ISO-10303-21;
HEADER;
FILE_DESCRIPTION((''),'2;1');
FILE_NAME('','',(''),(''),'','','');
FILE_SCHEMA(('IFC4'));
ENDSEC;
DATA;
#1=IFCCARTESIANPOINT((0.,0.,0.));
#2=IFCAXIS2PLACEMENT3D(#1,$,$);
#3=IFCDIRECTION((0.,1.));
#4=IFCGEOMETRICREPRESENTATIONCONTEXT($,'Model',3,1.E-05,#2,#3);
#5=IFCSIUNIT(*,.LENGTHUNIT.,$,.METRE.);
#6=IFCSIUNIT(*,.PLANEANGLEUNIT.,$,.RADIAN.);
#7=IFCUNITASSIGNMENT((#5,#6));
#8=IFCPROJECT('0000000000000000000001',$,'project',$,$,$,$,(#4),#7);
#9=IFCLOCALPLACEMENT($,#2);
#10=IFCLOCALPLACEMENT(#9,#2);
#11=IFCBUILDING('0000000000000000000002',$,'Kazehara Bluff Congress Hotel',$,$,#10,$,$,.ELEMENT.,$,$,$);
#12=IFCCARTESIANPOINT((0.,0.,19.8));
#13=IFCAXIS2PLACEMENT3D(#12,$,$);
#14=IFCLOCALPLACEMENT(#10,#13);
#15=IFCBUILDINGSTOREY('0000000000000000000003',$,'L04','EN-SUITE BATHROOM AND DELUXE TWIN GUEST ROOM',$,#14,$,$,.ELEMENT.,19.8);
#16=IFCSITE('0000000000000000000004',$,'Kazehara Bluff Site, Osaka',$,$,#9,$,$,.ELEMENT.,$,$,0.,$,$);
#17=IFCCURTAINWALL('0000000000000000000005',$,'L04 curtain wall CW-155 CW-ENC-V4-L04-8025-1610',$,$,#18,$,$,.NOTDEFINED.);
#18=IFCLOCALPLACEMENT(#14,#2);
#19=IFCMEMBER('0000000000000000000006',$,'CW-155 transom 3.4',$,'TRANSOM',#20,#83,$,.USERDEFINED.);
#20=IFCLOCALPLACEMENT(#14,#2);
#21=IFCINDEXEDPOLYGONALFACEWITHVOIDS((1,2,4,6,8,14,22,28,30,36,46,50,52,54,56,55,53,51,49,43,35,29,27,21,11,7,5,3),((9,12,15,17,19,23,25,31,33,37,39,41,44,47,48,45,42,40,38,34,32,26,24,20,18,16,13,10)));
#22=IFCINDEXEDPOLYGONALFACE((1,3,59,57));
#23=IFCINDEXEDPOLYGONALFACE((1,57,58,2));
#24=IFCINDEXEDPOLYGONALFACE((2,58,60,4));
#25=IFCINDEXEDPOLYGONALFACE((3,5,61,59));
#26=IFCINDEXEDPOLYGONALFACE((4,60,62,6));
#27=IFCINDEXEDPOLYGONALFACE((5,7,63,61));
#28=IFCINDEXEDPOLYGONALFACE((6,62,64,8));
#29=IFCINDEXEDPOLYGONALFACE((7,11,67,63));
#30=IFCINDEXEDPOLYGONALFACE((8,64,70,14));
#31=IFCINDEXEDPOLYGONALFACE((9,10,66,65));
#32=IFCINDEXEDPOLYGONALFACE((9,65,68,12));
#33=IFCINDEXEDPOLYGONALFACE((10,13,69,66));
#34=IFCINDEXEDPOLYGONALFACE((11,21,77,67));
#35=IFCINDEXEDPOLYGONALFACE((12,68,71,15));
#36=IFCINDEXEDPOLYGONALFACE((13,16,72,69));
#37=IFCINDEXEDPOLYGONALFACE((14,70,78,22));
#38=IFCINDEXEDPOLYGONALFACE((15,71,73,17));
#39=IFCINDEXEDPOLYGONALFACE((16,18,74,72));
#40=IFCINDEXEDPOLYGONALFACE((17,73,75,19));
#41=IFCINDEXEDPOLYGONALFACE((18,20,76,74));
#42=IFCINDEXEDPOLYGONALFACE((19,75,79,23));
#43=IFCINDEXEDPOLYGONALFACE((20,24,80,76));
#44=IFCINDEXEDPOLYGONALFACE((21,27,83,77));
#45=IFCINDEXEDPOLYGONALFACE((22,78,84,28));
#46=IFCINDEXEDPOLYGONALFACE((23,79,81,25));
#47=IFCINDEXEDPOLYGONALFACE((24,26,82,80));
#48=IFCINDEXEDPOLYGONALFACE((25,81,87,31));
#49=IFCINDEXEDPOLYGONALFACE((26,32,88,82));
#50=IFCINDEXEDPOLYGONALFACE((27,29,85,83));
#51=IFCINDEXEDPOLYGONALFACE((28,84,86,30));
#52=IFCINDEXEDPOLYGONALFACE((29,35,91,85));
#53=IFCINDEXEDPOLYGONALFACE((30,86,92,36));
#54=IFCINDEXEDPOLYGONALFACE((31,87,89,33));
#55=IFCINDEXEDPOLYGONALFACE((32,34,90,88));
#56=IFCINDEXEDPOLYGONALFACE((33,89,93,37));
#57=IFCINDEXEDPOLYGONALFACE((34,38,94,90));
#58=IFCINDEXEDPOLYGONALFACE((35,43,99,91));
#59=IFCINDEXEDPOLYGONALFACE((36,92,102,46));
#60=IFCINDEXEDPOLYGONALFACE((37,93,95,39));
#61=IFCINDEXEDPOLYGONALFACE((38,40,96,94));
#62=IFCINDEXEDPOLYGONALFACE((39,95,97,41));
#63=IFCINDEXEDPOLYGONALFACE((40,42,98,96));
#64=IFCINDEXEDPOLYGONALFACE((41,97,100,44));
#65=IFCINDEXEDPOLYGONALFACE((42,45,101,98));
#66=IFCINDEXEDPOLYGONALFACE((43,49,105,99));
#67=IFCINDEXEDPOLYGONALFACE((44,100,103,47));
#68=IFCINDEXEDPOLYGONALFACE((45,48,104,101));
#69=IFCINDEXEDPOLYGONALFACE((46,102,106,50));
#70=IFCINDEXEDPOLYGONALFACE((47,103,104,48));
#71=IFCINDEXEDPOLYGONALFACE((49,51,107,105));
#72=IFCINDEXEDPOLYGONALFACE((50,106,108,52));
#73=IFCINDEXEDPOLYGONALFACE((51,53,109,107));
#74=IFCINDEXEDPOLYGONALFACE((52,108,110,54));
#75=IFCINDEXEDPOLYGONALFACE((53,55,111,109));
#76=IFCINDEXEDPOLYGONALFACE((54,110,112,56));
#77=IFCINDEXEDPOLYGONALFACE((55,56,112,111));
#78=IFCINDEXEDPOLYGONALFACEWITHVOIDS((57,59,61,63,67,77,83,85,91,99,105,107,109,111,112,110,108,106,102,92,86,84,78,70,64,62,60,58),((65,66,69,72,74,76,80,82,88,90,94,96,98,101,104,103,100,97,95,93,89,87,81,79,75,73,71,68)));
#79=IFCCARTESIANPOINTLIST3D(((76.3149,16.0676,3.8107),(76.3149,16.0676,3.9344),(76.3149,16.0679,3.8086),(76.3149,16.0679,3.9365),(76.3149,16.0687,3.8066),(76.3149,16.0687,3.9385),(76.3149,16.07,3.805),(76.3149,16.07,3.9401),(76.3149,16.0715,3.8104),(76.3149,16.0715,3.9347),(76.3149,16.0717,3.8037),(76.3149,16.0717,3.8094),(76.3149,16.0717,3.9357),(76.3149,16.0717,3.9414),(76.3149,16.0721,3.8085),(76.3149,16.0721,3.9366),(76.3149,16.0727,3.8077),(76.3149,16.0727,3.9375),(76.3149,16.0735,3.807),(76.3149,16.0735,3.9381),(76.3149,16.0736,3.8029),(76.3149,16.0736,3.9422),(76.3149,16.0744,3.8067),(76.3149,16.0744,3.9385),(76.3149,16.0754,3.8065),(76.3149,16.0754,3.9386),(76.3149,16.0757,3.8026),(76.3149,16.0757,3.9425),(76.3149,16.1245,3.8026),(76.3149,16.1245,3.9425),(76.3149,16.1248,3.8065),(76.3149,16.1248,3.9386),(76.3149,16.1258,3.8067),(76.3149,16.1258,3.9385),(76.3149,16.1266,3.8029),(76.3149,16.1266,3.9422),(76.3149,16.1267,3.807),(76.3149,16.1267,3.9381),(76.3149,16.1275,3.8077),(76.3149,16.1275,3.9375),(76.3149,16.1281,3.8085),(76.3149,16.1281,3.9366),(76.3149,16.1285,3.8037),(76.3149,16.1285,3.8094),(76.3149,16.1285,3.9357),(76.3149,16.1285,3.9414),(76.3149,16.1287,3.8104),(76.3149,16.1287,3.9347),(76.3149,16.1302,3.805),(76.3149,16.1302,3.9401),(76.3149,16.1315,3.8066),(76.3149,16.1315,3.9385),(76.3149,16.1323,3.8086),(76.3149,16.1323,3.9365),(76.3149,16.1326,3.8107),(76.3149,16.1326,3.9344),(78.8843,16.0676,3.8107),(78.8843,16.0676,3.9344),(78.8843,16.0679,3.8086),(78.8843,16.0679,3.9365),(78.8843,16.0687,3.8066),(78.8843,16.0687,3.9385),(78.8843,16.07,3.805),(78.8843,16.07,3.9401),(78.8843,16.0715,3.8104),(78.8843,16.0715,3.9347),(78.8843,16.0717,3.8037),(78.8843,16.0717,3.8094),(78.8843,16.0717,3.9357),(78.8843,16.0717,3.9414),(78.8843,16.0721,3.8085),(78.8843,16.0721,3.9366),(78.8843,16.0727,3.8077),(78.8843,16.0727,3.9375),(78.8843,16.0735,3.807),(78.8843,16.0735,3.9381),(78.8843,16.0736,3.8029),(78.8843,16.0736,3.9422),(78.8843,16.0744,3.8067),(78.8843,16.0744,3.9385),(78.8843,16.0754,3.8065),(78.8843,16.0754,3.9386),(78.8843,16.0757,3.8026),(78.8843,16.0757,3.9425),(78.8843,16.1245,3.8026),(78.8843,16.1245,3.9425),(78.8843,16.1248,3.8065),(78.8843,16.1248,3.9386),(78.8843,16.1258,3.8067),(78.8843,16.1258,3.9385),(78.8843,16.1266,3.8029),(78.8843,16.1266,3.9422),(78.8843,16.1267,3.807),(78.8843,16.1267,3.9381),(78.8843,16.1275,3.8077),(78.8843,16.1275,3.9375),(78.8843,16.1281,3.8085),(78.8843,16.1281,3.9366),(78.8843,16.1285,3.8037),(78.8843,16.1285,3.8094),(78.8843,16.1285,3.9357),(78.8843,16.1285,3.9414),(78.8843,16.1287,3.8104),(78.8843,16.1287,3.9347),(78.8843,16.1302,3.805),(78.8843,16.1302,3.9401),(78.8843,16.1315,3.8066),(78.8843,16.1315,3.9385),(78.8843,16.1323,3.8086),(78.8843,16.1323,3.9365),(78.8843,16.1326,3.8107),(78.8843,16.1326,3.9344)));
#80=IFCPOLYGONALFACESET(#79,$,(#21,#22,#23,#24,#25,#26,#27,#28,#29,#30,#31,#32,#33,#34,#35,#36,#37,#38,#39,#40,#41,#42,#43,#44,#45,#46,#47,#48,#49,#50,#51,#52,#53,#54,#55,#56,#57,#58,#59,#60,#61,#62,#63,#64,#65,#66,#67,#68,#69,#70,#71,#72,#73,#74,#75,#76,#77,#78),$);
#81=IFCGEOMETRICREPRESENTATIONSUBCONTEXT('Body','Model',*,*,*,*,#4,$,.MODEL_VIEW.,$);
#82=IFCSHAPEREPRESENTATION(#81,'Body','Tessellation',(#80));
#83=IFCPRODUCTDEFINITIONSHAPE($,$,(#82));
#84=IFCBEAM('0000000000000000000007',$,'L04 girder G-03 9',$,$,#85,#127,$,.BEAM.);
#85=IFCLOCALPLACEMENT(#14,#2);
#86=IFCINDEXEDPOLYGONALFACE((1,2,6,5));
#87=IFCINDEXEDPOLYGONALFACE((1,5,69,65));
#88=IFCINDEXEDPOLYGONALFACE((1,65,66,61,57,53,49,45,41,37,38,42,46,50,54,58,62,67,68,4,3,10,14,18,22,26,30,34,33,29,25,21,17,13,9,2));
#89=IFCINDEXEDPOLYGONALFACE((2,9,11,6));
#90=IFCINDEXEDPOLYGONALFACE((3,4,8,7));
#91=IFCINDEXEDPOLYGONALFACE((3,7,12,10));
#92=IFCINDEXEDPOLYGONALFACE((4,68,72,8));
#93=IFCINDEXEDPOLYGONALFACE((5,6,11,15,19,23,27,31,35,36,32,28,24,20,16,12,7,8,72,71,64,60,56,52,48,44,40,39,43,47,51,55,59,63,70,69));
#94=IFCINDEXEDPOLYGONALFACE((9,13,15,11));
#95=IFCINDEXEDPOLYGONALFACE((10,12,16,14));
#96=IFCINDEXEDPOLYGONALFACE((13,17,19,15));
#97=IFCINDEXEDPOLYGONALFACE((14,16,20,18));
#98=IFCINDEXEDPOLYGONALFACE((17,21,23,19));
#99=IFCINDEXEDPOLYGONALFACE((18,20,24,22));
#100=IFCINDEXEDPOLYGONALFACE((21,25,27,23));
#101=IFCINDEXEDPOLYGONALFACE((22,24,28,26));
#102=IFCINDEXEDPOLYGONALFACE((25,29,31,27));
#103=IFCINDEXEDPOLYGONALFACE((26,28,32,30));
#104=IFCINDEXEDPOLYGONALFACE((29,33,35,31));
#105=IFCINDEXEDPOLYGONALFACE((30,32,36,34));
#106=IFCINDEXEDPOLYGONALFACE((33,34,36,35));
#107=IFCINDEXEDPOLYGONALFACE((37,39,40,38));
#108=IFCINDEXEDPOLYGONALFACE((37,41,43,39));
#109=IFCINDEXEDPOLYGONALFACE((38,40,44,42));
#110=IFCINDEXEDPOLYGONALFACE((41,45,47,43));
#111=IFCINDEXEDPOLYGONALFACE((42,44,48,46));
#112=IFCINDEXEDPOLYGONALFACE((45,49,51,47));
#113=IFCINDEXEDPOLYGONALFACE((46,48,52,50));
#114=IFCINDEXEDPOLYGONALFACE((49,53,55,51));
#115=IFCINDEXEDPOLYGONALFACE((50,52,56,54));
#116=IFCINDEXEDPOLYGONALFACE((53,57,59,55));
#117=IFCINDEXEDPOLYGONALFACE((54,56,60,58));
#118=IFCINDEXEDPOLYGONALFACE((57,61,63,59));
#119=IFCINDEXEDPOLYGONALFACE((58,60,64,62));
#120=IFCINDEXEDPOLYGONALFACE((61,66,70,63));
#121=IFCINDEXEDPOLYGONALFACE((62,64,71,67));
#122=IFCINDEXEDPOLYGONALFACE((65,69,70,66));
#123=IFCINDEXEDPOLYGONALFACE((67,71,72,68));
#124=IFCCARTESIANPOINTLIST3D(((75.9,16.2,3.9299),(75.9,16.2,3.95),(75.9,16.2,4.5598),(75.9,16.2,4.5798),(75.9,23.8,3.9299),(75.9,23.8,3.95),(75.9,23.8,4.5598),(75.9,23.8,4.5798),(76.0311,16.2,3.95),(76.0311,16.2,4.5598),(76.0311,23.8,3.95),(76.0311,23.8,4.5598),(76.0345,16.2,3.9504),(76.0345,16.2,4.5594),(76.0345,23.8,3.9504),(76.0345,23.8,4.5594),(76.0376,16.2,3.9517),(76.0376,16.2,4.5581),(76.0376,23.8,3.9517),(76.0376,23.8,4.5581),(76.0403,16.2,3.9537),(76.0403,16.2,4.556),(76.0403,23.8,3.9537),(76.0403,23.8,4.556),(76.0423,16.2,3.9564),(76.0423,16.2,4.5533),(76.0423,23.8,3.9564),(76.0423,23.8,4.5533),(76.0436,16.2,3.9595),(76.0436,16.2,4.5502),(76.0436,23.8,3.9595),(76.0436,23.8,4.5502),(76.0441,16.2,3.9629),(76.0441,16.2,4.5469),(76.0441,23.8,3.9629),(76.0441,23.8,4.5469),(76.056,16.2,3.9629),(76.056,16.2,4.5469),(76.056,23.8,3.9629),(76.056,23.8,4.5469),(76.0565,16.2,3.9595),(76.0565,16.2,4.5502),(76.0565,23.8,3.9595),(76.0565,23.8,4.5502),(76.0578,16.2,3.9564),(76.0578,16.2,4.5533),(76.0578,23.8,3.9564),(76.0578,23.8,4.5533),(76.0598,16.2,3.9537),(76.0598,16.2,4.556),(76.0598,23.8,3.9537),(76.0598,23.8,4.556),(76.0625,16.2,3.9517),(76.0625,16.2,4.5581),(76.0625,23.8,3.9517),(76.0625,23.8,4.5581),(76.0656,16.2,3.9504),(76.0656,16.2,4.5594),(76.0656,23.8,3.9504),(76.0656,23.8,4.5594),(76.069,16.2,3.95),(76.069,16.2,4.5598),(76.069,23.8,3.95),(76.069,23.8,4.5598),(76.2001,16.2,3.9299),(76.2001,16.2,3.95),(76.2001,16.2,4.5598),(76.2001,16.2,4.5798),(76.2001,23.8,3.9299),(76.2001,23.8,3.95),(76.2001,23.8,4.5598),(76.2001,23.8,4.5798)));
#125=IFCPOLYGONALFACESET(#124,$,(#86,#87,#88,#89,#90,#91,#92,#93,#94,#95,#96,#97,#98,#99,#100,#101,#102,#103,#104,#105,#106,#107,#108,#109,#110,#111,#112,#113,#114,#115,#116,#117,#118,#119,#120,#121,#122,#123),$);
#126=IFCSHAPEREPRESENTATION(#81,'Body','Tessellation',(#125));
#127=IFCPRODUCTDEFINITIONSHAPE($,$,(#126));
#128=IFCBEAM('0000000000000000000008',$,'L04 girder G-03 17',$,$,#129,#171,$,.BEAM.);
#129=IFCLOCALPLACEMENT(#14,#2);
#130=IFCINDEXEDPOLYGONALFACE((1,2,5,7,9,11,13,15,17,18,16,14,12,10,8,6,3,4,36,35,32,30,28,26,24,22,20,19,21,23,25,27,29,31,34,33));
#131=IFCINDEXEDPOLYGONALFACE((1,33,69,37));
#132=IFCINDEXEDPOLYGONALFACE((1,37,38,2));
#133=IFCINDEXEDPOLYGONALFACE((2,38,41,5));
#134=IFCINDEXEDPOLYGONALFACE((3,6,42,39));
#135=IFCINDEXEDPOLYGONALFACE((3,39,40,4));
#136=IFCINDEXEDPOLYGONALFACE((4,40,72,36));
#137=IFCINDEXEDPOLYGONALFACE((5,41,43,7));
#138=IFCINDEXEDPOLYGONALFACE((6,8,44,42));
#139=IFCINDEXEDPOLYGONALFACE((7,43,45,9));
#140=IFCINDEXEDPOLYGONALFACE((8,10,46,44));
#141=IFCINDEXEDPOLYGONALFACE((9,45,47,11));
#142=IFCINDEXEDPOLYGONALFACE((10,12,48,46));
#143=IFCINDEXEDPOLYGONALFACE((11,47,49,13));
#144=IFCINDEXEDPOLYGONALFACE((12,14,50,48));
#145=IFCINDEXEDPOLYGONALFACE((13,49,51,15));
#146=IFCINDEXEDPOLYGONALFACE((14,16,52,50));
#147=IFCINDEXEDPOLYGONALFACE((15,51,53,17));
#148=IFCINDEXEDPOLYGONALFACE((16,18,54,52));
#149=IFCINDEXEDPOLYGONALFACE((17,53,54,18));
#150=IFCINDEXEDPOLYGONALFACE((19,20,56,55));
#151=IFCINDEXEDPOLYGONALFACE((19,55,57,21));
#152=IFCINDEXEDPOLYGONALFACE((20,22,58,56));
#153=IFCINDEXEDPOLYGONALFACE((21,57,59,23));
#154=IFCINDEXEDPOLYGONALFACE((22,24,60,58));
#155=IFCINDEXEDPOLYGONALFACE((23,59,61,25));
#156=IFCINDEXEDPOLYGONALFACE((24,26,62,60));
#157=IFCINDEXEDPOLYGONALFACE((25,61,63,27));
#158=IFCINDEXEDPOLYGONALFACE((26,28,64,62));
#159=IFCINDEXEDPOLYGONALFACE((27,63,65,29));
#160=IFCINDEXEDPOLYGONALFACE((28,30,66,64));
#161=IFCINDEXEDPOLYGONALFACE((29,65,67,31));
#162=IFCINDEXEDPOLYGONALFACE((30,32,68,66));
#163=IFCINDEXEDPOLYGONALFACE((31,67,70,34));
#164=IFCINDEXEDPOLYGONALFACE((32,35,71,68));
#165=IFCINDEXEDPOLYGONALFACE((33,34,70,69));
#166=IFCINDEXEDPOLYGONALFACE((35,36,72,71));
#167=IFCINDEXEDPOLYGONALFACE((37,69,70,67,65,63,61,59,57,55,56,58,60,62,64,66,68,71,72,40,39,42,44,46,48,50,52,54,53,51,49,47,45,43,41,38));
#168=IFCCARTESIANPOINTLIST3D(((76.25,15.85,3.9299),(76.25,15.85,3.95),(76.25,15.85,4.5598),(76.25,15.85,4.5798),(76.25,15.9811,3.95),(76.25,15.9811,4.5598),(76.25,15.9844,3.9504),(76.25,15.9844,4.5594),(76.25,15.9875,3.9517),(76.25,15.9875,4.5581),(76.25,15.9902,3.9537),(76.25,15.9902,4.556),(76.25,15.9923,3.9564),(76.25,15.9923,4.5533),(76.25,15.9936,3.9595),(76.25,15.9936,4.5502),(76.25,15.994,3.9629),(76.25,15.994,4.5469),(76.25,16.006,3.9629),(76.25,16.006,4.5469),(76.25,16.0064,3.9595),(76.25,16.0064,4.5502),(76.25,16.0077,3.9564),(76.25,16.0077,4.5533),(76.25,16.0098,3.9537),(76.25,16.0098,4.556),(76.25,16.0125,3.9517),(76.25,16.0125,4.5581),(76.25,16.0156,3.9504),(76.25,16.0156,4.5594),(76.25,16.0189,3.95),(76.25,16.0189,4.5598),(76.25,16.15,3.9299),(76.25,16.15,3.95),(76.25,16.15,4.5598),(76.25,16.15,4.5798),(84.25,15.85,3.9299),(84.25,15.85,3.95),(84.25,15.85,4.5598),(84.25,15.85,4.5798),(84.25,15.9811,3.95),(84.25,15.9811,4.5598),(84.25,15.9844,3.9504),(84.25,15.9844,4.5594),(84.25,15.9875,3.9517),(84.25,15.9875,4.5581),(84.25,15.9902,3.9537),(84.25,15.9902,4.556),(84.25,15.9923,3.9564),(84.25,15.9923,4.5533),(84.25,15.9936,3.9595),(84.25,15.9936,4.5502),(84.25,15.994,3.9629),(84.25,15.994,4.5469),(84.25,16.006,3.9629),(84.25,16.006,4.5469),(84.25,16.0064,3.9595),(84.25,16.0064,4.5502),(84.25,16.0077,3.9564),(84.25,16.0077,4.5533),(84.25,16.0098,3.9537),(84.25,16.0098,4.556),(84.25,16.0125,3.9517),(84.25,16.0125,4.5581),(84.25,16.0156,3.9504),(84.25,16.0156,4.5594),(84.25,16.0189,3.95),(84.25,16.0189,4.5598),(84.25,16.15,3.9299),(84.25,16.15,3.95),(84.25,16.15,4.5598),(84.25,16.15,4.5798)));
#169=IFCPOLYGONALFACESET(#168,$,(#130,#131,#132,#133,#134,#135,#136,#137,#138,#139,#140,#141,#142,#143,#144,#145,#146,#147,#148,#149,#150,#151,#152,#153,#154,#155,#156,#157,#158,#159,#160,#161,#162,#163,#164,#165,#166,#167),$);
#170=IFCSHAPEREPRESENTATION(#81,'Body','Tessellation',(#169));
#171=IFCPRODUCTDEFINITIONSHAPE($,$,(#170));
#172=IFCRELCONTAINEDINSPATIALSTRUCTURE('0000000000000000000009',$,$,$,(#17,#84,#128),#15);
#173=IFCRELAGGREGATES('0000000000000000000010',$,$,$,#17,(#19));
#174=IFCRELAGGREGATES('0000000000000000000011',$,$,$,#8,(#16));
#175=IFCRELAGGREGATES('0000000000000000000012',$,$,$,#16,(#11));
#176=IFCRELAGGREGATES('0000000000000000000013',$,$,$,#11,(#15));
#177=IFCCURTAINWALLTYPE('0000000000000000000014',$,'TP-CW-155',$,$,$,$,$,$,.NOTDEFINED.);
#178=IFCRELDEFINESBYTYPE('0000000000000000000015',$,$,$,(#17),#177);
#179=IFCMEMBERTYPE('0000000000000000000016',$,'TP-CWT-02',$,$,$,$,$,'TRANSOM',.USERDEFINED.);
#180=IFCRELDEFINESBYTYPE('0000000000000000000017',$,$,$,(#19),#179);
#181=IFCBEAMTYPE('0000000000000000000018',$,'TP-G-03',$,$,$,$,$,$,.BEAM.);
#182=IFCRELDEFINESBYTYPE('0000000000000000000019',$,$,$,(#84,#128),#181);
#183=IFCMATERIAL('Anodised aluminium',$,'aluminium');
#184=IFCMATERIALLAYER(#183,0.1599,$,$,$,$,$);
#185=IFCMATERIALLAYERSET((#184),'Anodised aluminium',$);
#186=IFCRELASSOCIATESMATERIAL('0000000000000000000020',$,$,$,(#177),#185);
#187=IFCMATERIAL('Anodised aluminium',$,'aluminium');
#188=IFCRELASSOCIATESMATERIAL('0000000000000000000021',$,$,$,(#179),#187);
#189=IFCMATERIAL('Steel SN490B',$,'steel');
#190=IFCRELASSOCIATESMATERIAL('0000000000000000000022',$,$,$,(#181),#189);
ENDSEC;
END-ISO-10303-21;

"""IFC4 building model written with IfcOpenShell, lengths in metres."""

from ifc_helpers import new_model, si_unit, direction, frame, origin, origin_2d, place, context, subcontext, project, spatial, hollow_rectangle, i_section, extrude, material, layer, layer_set, material_profile, profile_set, type_object, element, aggregate, save


model = new_model("IFC4")

# Units and contexts
model_context = context("Model", 3, precision=1e-05, world=origin(), true_north=direction((0.0, 1.0)))
body_context = subcontext(model_context, "Body", "Model", "MODEL_VIEW")
ifc_project = project(units=[si_unit("LENGTHUNIT", "METRE"), si_unit("PLANEANGLEUNIT", "RADIAN")], contexts=[model_context])

# Site, building, storey
site_placement = place(None, origin())
site = spatial("IfcSite", under=ifc_project, at=site_placement, Name="Kazehara Bluff Site, Osaka", CompositionType="ELEMENT", RefElevation=0.0)
building_placement = place(site_placement, origin())
building = spatial("IfcBuilding", under=site, at=building_placement, Name="Kazehara Bluff Congress Hotel", CompositionType="ELEMENT")
storey_placement = place(building_placement, frame((0.0, 0.0, 19.8)))
storey = spatial("IfcBuildingStorey", under=building, at=storey_placement, Name="L04", Description="EN-SUITE BATHROOM AND DELUXE TWIN GUEST ROOM", CompositionType="ELEMENT", Elevation=19.8)

# Curtain wall
ifc_material_1 = material(Name="Anodised aluminium", Category="aluminium")
ifc_layer_1 = layer(ifc_material_1, 0.1599)
ifc_layer_set_1 = layer_set([ifc_layer_1], Name="Anodised aluminium")
curtain_wall_type_1 = type_object("IfcCurtainWallType", Name="TP-CW-155", PredefinedType="NOTDEFINED", material=ifc_layer_set_1)
curtain_wall_1_placement = place(storey_placement, origin())
curtain_wall_1 = element("IfcCurtainWall", 1, at=curtain_wall_1_placement, inside=storey, type_object=curtain_wall_type_1, Name="L04 curtain wall CW-155 CW-ENC-V4-L04-8025-1610", PredefinedType="NOTDEFINED")
ifc_material_2 = material(Name="Anodised aluminium", Category="aluminium")
ifc_material_profile_1 = material_profile(ifc_material_2, hollow_rectangle(XDim=0.0649, YDim=0.1399, WallThickness=0.0039, InnerFilletRadius=0.0039, OuterFilletRadius=0.0081, at=origin_2d()))
ifc_profile_set_1 = profile_set([ifc_material_profile_1], Name="Anodised aluminium")
member_type_1 = type_object("IfcMemberType", Name="TP-CWT-02", ElementType="TRANSOM", PredefinedType="USERDEFINED", material=ifc_profile_set_1)

# Member
member_1_placement = place(storey_placement, frame((78.8843, 16.1001, 3.8726), z_axis=(-1.0, 0.0, 0.0), x_axis=(0.0, -1.0, 0.0)))
member_1 = element("IfcMember", 2, at=member_1_placement, type_object=member_type_1, Name="CW-155 transom 3.4", ObjectType="TRANSOM", PredefinedType="USERDEFINED", context=body_context, shape_type="SweptSolid", body=[
    extrude(hollow_rectangle(XDim=0.0649, YDim=0.1399, WallThickness=0.0039, InnerFilletRadius=0.0039, OuterFilletRadius=0.0081, at=origin_2d()), origin(), (0.0, 0.0, 1.0), 2.5693),
])

# Beams
ifc_material_3 = material(Name="Steel SN490B", Category="steel")
ifc_material_profile_2 = material_profile(ifc_material_3, i_section(OverallWidth=0.3, OverallDepth=0.6499, WebThickness=0.012, FlangeThickness=0.02, FilletRadius=0.0129, at=origin_2d()))
ifc_profile_set_2 = profile_set([ifc_material_profile_2], Name="Steel SN490B")
beam_type_1 = type_object("IfcBeamType", Name="TP-G-03", PredefinedType="BEAM", material=ifc_profile_set_2)
beam_1_placement = place(storey_placement, frame((76.05, 16.2, 4.2549), z_axis=(0.0, 1.0, 0.0), x_axis=(-1.0, 0.0, 0.0)))
element("IfcBeam", 3, at=beam_1_placement, inside=storey, type_object=beam_type_1, Name="L04 girder G-03 9", PredefinedType="BEAM", context=body_context, shape_type="SweptSolid", body=[
    extrude(i_section(OverallWidth=0.3, OverallDepth=0.6499, WebThickness=0.012, FlangeThickness=0.02, FilletRadius=0.0129, at=origin_2d()), origin(), (0.0, 0.0, 1.0), 7.6001),
])
for number, where, z_axis, x_axis, name in (
    (4, (76.25, 16.0, 4.2549), (1.0, 0.0, 0.0), (0.0, 1.0, 0.0), "L04 girder G-03 17"),
):
    element("IfcBeam", number, at=place(storey_placement, frame(where, z_axis=z_axis, x_axis=x_axis)), inside=storey, type_object=beam_type_1, Name=name, PredefinedType="BEAM", context=body_context, shape_type="SweptSolid", body=[
        extrude(i_section(OverallWidth=0.3, OverallDepth=0.6499, WebThickness=0.012, FlangeThickness=0.02, FilletRadius=0.0129, at=origin_2d()), origin(), (0.0, 0.0, 1.0), 8.0),
    ])

aggregate(curtain_wall_1, [member_1])

save(model, "model.ifc")
